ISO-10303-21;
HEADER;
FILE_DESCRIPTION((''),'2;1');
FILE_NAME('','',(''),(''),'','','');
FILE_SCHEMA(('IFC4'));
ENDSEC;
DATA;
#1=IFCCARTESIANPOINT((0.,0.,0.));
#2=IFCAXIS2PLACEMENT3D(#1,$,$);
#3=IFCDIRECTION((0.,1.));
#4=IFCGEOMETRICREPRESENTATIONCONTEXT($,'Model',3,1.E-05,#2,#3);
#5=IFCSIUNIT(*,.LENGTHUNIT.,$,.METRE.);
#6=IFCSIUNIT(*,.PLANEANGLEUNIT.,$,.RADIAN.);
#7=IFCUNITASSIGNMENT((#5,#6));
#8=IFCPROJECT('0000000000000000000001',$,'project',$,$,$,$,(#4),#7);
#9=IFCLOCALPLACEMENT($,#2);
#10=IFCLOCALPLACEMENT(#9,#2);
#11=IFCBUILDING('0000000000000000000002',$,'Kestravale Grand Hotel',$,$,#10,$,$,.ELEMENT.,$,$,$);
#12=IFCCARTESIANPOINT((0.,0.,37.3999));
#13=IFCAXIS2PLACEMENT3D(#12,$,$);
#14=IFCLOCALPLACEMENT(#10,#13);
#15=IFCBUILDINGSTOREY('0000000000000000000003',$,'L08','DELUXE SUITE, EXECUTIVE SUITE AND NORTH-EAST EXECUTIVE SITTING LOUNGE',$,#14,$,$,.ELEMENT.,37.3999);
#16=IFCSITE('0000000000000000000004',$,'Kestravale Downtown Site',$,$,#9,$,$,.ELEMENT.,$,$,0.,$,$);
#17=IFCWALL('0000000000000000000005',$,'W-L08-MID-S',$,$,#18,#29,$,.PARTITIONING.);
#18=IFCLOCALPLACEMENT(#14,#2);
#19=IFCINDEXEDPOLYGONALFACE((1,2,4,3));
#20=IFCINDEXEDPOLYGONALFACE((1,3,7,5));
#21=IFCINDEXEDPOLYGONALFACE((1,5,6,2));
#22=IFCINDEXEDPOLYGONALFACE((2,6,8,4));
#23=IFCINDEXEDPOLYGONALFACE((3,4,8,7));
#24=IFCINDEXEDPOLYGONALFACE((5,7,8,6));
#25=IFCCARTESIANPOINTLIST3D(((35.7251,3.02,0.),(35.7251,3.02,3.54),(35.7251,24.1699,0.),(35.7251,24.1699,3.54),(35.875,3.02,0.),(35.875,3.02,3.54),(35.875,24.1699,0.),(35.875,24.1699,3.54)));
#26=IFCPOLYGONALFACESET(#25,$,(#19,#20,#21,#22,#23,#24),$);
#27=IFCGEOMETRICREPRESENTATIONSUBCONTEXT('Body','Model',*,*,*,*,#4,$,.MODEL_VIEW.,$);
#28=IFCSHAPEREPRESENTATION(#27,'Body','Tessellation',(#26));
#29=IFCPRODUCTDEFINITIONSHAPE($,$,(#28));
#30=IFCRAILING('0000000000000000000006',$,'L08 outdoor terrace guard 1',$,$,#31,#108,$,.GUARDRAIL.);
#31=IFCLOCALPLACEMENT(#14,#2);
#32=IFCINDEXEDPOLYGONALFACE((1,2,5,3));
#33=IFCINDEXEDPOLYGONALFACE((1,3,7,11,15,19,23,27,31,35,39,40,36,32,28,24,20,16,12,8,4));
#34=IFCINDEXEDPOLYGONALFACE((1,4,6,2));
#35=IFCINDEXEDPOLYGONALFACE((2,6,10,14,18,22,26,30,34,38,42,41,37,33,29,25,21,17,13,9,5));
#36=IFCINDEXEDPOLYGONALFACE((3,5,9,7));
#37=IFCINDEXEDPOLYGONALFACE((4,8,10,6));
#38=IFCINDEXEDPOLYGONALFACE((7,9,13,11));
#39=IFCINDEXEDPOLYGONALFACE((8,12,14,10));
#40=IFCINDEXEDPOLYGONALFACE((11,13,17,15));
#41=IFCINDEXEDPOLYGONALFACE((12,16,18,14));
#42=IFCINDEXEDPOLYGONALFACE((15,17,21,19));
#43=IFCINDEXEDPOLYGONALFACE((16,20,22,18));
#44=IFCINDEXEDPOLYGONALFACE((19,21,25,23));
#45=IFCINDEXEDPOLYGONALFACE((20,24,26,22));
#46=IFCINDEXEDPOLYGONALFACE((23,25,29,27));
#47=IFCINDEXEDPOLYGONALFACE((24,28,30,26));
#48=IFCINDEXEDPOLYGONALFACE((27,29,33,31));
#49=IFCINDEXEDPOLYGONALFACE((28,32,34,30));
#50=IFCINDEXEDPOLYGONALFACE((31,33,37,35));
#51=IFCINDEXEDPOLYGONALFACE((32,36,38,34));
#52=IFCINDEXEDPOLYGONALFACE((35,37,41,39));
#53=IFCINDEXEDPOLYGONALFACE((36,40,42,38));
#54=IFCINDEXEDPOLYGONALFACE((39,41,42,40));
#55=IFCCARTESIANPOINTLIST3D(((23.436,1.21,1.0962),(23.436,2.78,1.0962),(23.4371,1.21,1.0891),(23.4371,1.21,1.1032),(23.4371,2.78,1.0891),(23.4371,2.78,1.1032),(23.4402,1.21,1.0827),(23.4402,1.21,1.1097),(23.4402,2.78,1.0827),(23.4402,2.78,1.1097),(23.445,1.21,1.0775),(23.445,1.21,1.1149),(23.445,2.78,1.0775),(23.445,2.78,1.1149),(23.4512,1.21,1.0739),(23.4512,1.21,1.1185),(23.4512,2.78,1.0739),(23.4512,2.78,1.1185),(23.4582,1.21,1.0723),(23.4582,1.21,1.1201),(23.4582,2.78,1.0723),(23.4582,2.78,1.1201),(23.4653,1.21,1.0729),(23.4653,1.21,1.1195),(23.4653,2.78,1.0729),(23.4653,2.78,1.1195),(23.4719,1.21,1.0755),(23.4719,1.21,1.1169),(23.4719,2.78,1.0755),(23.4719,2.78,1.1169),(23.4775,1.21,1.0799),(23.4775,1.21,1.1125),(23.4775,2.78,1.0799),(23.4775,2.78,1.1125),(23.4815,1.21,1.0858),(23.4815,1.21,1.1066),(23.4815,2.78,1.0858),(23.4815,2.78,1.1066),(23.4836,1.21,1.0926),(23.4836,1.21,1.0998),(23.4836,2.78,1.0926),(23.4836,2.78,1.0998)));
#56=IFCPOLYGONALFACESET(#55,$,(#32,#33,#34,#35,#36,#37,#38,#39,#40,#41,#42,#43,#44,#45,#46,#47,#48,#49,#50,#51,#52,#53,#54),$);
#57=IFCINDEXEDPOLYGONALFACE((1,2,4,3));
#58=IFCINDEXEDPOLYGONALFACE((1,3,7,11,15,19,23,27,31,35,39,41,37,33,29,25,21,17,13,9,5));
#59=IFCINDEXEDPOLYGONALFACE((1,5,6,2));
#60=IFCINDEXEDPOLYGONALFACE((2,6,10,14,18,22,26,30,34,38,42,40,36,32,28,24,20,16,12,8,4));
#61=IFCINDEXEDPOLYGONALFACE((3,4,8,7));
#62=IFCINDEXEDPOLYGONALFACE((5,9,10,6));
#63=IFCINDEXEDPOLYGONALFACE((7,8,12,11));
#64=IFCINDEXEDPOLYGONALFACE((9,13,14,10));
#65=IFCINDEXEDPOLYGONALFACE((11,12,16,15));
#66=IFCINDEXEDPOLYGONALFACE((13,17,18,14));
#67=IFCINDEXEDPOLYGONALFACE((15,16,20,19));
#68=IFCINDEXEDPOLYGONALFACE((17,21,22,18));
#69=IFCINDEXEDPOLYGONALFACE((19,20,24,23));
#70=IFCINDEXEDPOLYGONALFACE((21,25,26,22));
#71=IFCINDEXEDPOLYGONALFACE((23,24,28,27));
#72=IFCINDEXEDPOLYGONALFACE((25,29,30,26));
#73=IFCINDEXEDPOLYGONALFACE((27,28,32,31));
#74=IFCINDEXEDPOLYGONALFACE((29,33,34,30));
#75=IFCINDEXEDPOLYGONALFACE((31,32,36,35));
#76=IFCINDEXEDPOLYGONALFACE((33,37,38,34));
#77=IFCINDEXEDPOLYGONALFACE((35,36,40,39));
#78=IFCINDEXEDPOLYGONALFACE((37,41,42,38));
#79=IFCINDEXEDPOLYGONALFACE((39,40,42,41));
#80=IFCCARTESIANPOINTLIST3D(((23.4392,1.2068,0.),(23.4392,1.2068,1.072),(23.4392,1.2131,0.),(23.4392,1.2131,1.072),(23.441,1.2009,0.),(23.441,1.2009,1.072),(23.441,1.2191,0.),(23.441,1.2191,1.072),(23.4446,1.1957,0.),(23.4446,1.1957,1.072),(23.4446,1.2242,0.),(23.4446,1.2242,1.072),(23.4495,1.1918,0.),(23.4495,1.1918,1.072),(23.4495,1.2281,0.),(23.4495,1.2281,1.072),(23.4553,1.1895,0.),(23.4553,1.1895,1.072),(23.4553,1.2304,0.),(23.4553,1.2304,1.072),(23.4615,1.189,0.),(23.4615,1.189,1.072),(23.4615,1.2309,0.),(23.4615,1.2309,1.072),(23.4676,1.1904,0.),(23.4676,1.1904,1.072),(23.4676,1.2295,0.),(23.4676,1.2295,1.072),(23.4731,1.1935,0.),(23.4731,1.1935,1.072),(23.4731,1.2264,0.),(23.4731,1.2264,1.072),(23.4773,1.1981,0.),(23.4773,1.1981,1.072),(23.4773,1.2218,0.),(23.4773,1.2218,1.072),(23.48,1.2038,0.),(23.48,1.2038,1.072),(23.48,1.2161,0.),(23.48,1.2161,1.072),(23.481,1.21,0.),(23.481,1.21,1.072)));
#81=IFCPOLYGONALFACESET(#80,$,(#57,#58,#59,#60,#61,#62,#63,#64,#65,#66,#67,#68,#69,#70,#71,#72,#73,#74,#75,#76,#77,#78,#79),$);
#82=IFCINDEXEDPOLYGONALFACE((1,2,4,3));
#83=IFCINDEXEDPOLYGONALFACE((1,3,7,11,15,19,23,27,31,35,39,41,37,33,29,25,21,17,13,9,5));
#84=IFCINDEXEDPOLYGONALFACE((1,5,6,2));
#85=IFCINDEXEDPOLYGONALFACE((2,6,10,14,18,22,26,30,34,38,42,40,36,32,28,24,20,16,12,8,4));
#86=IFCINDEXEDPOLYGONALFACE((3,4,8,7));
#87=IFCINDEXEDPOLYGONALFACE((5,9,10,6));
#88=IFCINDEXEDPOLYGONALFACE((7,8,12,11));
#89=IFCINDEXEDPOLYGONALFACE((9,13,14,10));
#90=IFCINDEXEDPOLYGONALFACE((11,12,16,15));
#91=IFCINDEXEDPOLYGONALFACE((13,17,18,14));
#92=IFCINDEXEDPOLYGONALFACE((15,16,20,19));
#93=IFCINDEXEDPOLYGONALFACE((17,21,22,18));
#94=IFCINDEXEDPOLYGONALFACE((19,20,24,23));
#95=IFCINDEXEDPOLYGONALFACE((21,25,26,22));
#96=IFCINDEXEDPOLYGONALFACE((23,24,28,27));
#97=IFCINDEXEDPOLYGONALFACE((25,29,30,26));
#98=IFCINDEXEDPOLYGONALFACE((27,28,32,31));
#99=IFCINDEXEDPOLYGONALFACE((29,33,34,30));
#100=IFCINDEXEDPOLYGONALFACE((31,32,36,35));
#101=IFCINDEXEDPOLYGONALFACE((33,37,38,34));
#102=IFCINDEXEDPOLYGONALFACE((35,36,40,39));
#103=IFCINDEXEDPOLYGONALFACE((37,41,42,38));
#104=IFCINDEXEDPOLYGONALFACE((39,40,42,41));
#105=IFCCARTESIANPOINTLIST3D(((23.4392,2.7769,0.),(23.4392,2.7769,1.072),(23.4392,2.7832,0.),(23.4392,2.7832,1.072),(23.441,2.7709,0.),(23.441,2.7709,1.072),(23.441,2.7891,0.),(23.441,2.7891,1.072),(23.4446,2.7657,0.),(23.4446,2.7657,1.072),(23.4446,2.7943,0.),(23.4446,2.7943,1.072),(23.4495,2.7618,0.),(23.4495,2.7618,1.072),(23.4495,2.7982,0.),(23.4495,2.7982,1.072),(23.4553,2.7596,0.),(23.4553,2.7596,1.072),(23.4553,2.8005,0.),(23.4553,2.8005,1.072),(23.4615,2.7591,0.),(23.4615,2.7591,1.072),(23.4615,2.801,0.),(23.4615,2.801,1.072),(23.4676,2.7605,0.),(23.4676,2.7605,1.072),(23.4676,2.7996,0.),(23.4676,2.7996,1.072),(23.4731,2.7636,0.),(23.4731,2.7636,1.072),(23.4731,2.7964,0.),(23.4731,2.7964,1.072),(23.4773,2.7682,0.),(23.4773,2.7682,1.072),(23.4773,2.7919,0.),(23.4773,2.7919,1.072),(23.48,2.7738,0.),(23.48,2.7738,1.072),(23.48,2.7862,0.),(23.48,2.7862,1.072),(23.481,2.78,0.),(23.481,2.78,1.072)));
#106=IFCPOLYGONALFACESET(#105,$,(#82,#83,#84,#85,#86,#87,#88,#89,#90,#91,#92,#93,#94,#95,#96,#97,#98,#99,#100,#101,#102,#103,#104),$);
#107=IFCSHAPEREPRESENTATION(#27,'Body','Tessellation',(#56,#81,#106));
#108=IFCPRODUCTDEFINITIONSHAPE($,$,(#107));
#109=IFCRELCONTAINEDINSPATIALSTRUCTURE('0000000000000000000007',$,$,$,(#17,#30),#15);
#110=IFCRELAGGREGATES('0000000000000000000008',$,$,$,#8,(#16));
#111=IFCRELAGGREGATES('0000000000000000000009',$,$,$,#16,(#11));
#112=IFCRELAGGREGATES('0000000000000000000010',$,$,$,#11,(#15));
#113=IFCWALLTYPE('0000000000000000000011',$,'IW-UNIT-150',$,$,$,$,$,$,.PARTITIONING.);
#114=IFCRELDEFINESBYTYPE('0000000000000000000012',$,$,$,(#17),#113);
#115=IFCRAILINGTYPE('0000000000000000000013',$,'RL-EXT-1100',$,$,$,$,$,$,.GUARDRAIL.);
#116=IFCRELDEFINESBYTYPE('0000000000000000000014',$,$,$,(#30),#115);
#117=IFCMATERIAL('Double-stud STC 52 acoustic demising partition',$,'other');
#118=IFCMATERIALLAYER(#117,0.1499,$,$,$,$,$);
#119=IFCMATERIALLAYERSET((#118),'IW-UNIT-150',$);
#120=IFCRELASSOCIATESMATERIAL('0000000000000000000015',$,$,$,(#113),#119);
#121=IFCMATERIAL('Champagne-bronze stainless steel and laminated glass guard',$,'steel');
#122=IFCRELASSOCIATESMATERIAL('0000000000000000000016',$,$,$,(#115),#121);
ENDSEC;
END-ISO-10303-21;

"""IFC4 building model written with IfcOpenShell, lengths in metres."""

from ifc_helpers import new_model, si_unit, direction, frame, frame_2d, origin, origin_2d, place, context, subcontext, project, spatial, rectangle, circle, extrude, material, layer, layer_set, type_object, element, save


model = new_model("IFC4")

# Units and contexts
model_context = context("Model", 3, precision=1e-05, world=origin(), true_north=direction((0.0, 1.0)))
body_context = subcontext(model_context, "Body", "Model", "MODEL_VIEW")
ifc_project = project(units=[si_unit("LENGTHUNIT", "METRE"), si_unit("PLANEANGLEUNIT", "RADIAN")], contexts=[model_context])

# Site, building, storey
site_placement = place(None, origin())
site = spatial("IfcSite", under=ifc_project, at=site_placement, Name="Kestravale Downtown Site", CompositionType="ELEMENT", RefElevation=0.0)
building_placement = place(site_placement, origin())
building = spatial("IfcBuilding", under=site, at=building_placement, Name="Kestravale Grand Hotel", CompositionType="ELEMENT")
storey_placement = place(building_placement, frame((0.0, 0.0, 37.3999)))
storey = spatial("IfcBuildingStorey", under=building, at=storey_placement, Name="L08", Description="DELUXE SUITE, EXECUTIVE SUITE AND NORTH-EAST EXECUTIVE SITTING LOUNGE", CompositionType="ELEMENT", Elevation=37.3999)

# Wall
ifc_material_1 = material(Name="Double-stud STC 52 acoustic demising partition", Category="other")
ifc_layer = layer(ifc_material_1, 0.1499)
ifc_layer_set = layer_set([ifc_layer], Name="IW-UNIT-150")
wall_type = type_object("IfcWallType", Name="IW-UNIT-150", PredefinedType="PARTITIONING", material=ifc_layer_set)
wall_1_placement = place(storey_placement, frame((35.8, 3.02, 0.0), z_axis=(0.0, 0.0, 1.0), x_axis=(0.0, 1.0, 0.0)))
element("IfcWall", 1, at=wall_1_placement, inside=storey, type_object=wall_type, Name="W-L08-MID-S", PredefinedType="PARTITIONING", context=body_context, shape_type="SweptSolid", body=[
    extrude(rectangle(XDim=21.1499, YDim=0.1499, at=frame_2d((10.575, 0.0))), origin(), (0.0, 0.0, 1.0), 3.54),
])

# Railing
ifc_material_2 = material(Name="Champagne-bronze stainless steel and laminated glass guard", Category="steel")
railing_type = type_object("IfcRailingType", Name="RL-EXT-1100", PredefinedType="GUARDRAIL", material=ifc_material_2)
railing_1_placement = place(storey_placement, frame((23.46, 1.21, 0.0)))
element("IfcRailing", 2, at=railing_1_placement, inside=storey, type_object=railing_type, Name="L08 outdoor terrace guard 1", PredefinedType="GUARDRAIL", context=body_context, shape_type="SweptSolid", body=[
    extrude(circle(Radius=0.0239, at=origin_2d()), frame((0.0, 0.0, 1.0962), z_axis=(0.0, 1.0, 0.0), x_axis=(-1.0, 0.0, 0.0)), (0.0, 0.0, 1.0), 1.5701),
    extrude(circle(Radius=0.021, at=origin_2d()), origin(), (0.0, 0.0, 1.0), 1.072),
    extrude(circle(Radius=0.021, at=origin_2d()), frame((0.0, 1.5701, 0.0)), (0.0, 0.0, 1.0), 1.072),
])

save(model, "model.ifc")
